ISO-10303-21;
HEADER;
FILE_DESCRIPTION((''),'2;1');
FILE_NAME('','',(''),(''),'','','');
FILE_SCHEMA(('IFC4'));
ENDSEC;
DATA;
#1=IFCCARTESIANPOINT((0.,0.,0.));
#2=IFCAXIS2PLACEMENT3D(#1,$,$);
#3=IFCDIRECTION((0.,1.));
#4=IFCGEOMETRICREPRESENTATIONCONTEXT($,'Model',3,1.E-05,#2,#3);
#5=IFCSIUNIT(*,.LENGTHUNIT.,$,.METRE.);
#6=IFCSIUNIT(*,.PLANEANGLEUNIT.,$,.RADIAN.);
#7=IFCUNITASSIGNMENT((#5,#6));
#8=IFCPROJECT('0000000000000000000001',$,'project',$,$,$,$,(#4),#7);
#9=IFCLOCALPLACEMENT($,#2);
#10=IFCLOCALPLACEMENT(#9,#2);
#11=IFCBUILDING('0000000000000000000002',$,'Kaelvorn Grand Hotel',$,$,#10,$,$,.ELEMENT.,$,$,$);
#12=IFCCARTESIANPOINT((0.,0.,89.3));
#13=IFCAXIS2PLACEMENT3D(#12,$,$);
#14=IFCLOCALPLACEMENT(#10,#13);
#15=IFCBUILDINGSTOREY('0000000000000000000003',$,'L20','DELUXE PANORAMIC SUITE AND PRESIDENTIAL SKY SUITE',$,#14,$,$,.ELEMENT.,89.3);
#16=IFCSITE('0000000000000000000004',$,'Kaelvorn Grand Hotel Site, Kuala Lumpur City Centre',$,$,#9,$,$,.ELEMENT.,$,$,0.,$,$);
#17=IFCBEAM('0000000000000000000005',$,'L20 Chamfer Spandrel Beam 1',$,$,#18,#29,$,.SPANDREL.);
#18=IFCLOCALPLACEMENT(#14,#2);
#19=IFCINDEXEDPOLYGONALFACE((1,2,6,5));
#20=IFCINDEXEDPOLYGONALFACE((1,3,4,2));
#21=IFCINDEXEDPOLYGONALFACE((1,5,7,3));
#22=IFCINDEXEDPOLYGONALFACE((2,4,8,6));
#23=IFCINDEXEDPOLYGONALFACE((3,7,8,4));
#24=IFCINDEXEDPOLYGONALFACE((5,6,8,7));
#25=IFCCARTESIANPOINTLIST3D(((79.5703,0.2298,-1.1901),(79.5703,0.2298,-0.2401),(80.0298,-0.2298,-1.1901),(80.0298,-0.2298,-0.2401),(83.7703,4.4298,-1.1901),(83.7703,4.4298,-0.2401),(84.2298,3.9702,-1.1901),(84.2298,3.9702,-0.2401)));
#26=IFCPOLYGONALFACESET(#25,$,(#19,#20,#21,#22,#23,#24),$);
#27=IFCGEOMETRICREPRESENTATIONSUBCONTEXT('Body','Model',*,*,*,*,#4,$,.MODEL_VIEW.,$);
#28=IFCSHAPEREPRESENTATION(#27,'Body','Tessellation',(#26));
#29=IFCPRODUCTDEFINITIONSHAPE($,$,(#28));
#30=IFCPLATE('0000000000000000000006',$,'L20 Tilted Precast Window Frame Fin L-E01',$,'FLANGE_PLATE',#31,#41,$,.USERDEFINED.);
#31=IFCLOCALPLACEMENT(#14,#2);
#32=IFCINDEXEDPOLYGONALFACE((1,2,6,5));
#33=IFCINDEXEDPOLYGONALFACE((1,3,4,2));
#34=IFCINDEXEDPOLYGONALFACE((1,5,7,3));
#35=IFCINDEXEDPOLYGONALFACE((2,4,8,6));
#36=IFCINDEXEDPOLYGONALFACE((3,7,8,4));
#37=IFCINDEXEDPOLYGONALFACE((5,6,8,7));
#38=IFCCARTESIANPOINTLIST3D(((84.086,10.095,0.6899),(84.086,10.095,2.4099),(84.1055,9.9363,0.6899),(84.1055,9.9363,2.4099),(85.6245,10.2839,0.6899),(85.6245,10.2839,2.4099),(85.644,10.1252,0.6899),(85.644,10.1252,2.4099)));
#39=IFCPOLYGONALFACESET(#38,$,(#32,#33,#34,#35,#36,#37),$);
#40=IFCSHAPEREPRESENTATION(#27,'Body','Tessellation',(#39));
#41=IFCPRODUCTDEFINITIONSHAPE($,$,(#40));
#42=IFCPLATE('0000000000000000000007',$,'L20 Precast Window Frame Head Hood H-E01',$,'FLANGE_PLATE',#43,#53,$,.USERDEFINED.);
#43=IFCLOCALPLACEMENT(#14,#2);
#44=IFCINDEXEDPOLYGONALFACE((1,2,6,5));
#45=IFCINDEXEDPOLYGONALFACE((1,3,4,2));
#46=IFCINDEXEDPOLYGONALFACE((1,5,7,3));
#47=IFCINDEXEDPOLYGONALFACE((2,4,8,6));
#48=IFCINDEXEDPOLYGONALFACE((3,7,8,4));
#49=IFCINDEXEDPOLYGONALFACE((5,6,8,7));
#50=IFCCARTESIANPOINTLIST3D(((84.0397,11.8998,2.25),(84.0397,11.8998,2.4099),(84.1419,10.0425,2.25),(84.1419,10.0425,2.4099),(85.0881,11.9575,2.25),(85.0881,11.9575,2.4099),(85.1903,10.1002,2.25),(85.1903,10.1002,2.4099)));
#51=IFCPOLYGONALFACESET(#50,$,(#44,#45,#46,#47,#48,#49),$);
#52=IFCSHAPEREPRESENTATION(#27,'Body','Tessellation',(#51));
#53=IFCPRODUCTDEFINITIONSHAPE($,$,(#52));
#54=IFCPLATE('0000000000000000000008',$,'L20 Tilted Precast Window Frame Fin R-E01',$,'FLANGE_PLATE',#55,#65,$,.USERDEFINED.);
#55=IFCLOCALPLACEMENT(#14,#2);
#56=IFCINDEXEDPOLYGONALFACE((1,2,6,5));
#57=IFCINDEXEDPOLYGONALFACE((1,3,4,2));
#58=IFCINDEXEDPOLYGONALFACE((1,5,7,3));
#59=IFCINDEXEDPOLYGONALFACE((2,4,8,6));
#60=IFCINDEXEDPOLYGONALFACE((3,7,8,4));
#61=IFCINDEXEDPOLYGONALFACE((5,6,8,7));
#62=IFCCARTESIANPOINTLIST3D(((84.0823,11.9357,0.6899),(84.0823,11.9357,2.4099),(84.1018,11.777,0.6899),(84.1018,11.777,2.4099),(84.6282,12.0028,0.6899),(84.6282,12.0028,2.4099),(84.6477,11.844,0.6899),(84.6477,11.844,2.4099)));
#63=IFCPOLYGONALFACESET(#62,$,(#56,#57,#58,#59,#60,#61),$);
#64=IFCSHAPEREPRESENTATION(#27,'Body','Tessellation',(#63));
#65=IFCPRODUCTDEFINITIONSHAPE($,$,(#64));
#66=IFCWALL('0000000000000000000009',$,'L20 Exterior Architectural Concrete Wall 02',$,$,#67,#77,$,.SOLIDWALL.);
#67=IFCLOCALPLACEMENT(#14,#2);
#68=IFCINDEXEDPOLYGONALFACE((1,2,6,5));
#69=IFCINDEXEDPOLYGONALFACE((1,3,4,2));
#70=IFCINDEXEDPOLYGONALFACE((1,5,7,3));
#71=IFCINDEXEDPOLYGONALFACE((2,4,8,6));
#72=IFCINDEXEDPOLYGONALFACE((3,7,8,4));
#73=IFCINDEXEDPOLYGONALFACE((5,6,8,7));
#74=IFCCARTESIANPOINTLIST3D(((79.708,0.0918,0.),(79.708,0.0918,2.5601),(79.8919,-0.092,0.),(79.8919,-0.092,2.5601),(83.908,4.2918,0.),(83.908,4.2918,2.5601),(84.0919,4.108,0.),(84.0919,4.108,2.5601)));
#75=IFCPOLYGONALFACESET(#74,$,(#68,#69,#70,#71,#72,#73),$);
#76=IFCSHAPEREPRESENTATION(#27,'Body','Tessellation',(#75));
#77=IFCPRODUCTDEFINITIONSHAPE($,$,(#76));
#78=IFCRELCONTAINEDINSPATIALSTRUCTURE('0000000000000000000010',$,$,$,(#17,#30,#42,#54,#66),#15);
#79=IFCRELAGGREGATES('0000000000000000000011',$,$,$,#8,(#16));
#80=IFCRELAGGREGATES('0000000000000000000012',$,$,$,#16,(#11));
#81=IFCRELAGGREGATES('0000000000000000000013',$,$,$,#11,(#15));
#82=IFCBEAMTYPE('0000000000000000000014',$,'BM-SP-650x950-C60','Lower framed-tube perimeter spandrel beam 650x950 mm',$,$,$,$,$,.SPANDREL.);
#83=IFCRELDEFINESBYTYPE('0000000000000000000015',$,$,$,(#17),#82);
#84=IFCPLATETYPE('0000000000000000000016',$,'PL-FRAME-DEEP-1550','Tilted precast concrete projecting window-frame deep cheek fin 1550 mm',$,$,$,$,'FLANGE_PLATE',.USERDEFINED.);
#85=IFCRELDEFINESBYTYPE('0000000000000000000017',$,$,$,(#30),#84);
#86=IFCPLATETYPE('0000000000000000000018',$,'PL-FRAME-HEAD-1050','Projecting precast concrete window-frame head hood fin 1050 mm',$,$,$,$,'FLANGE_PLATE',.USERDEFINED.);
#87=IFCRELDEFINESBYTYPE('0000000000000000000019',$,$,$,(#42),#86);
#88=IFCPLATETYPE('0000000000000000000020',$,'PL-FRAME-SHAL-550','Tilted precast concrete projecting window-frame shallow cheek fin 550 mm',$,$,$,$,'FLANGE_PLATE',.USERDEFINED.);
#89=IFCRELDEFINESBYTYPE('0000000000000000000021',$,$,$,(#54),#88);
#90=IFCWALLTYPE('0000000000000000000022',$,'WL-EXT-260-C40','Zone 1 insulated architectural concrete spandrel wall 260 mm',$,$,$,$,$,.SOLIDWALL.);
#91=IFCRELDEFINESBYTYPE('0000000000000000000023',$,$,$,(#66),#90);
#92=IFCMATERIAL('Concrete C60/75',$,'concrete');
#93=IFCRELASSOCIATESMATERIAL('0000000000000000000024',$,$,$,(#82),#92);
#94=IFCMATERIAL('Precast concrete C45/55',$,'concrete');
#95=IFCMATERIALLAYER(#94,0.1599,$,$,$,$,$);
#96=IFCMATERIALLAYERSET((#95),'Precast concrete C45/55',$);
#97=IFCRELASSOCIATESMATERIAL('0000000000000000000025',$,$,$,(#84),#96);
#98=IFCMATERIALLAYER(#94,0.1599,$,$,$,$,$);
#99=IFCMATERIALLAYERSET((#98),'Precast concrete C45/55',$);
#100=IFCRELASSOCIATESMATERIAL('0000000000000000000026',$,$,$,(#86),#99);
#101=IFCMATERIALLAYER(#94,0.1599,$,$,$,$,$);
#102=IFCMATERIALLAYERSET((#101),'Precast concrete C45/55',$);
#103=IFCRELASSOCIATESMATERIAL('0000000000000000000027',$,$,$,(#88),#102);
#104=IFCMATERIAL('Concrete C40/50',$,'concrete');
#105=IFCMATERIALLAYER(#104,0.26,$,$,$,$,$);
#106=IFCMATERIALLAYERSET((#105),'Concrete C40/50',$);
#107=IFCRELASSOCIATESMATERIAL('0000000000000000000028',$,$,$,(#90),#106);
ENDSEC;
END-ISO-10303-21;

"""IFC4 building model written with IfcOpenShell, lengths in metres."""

from ifc_helpers import new_model, si_unit, direction, frame, frame_2d, origin, origin_2d, place, context, subcontext, project, spatial, rectangle, extrude, material, layer, layer_set, material_profile, profile_set, type_object, element, save


model = new_model("IFC4")

# Units and contexts
model_context = context("Model", 3, precision=1e-05, world=origin(), true_north=direction((0.0, 1.0)))
body_context = subcontext(model_context, "Body", "Model", "MODEL_VIEW")
ifc_project = project(units=[si_unit("LENGTHUNIT", "METRE"), si_unit("PLANEANGLEUNIT", "RADIAN")], contexts=[model_context])

# Site, building, storey
site_placement = place(None, origin())
site = spatial("IfcSite", under=ifc_project, at=site_placement, Name="Kaelvorn Grand Hotel Site, Kuala Lumpur City Centre", CompositionType="ELEMENT", RefElevation=0.0)
building_placement = place(site_placement, origin())
building = spatial("IfcBuilding", under=site, at=building_placement, Name="Kaelvorn Grand Hotel", CompositionType="ELEMENT")
storey_placement = place(building_placement, frame((0.0, 0.0, 89.3)))
storey = spatial("IfcBuildingStorey", under=building, at=storey_placement, Name="L20", Description="DELUXE PANORAMIC SUITE AND PRESIDENTIAL SKY SUITE", CompositionType="ELEMENT", Elevation=89.3)

# Shared definitions
ifc_material_1 = material(Name="Concrete C60/75", Category="concrete")

# Beam
ifc_material_2 = material(Name="Concrete C40/50", Category="concrete")
ifc_material_profile_1 = material_profile(ifc_material_1, rectangle(XDim=0.6499, YDim=0.95, at=origin_2d()), Name="RC SPANDREL 650x950")
ifc_profile_set_1 = profile_set([ifc_material_profile_1], Name="Concrete C60/75")
beam_type_1 = type_object("IfcBeamType", Name="BM-SP-650x950-C60", Description="Lower framed-tube perimeter spandrel beam 650x950 mm", PredefinedType="SPANDREL", material=ifc_profile_set_1)
beam_1_placement = place(storey_placement, frame((79.8, 0.0, -0.7151), z_axis=(0.707107, 0.707107, 0.0), x_axis=(-0.707107, 0.707107, 0.0)))
element("IfcBeam", 1, at=beam_1_placement, inside=storey, type_object=beam_type_1, Name="L20 Chamfer Spandrel Beam 1", PredefinedType="SPANDREL", context=body_context, shape_type="SweptSolid", body=[
    extrude(rectangle(XDim=0.6499, YDim=0.95, at=origin_2d()), origin(), (0.0, 0.0, 1.0), 5.9397),
])

# Plates
ifc_material_3 = material(Name="Precast concrete C45/55", Category="concrete")
ifc_layer_1 = layer(ifc_material_3, 0.1599)
ifc_layer_set_1 = layer_set([ifc_layer_1], Name="Precast concrete C45/55")
plate_type_1 = type_object("IfcPlateType", Name="PL-FRAME-DEEP-1550", Description="Tilted precast concrete projecting window-frame deep cheek fin 1550 mm", ElementType="FLANGE_PLATE", PredefinedType="USERDEFINED", material=ifc_layer_set_1)
plate_1_placement = place(storey_placement, frame((84.865, 10.1101, 0.6899), z_axis=(0.0, 0.0, 1.0), x_axis=(-0.121869, 0.992546, 0.0)))
element("IfcPlate", 2, at=plate_1_placement, inside=storey, type_object=plate_type_1, Name="L20 Tilted Precast Window Frame Fin L-E01", ObjectType="FLANGE_PLATE", PredefinedType="USERDEFINED", context=body_context, shape_type="SweptSolid", body=[
    extrude(rectangle(XDim=0.1599, YDim=1.55, at=origin_2d()), origin(), (0.0, 0.0, 1.0), 1.72),
])
ifc_layer_2 = layer(ifc_material_3, 0.1599)
ifc_layer_set_2 = layer_set([ifc_layer_2], Name="Precast concrete C45/55")
plate_type_2 = type_object("IfcPlateType", Name="PL-FRAME-HEAD-1050", Description="Projecting precast concrete window-frame head hood fin 1050 mm", ElementType="FLANGE_PLATE", PredefinedType="USERDEFINED", material=ifc_layer_set_2)
plate_2_placement = place(storey_placement, frame((84.615, 11.0, 2.25), z_axis=(0.0, 0.0, 1.0), x_axis=(-0.05495, 0.998489, 0.0)))
element("IfcPlate", 3, at=plate_2_placement, inside=storey, type_object=plate_type_2, Name="L20 Precast Window Frame Head Hood H-E01", ObjectType="FLANGE_PLATE", PredefinedType="USERDEFINED", context=body_context, shape_type="SweptSolid", body=[
    extrude(rectangle(XDim=1.8601, YDim=1.05, at=origin_2d()), origin(), (0.0, 0.0, 1.0), 0.1599),
])
ifc_layer_3 = layer(ifc_material_3, 0.1599)
ifc_layer_set_3 = layer_set([ifc_layer_3], Name="Precast concrete C45/55")
plate_type_3 = type_object("IfcPlateType", Name="PL-FRAME-SHAL-550", Description="Tilted precast concrete projecting window-frame shallow cheek fin 550 mm", ElementType="FLANGE_PLATE", PredefinedType="USERDEFINED", material=ifc_layer_set_3)
plate_3_placement = place(storey_placement, frame((84.365, 11.8899, 0.6899), z_axis=(0.0, 0.0, 1.0), x_axis=(-0.121869, 0.992546, 0.0)))
element("IfcPlate", 4, at=plate_3_placement, inside=storey, type_object=plate_type_3, Name="L20 Tilted Precast Window Frame Fin R-E01", ObjectType="FLANGE_PLATE", PredefinedType="USERDEFINED", context=body_context, shape_type="SweptSolid", body=[
    extrude(rectangle(XDim=0.1599, YDim=0.55, at=origin_2d()), origin(), (0.0, 0.0, 1.0), 1.72),
])

# Wall
ifc_layer_4 = layer(ifc_material_2, 0.26)
ifc_layer_set_4 = layer_set([ifc_layer_4], Name="Concrete C40/50")
wall_type_1 = type_object("IfcWallType", Name="WL-EXT-260-C40", Description="Zone 1 insulated architectural concrete spandrel wall 260 mm", PredefinedType="SOLIDWALL", material=ifc_layer_set_4)
wall_1_placement = place(storey_placement, frame((79.8, 0.0, 0.0), z_axis=(0.0, 0.0, 1.0), x_axis=(0.707107, 0.707107, 0.0)))
element("IfcWall", 5, at=wall_1_placement, inside=storey, type_object=wall_type_1, Name="L20 Exterior Architectural Concrete Wall 02", PredefinedType="SOLIDWALL", context=body_context, shape_type="SweptSolid", body=[
    extrude(rectangle(XDim=5.9397, YDim=0.26, at=frame_2d((2.9697, 0.0))), origin(), (0.0, 0.0, 1.0), 2.5601),
])

save(model, "model.ifc")
